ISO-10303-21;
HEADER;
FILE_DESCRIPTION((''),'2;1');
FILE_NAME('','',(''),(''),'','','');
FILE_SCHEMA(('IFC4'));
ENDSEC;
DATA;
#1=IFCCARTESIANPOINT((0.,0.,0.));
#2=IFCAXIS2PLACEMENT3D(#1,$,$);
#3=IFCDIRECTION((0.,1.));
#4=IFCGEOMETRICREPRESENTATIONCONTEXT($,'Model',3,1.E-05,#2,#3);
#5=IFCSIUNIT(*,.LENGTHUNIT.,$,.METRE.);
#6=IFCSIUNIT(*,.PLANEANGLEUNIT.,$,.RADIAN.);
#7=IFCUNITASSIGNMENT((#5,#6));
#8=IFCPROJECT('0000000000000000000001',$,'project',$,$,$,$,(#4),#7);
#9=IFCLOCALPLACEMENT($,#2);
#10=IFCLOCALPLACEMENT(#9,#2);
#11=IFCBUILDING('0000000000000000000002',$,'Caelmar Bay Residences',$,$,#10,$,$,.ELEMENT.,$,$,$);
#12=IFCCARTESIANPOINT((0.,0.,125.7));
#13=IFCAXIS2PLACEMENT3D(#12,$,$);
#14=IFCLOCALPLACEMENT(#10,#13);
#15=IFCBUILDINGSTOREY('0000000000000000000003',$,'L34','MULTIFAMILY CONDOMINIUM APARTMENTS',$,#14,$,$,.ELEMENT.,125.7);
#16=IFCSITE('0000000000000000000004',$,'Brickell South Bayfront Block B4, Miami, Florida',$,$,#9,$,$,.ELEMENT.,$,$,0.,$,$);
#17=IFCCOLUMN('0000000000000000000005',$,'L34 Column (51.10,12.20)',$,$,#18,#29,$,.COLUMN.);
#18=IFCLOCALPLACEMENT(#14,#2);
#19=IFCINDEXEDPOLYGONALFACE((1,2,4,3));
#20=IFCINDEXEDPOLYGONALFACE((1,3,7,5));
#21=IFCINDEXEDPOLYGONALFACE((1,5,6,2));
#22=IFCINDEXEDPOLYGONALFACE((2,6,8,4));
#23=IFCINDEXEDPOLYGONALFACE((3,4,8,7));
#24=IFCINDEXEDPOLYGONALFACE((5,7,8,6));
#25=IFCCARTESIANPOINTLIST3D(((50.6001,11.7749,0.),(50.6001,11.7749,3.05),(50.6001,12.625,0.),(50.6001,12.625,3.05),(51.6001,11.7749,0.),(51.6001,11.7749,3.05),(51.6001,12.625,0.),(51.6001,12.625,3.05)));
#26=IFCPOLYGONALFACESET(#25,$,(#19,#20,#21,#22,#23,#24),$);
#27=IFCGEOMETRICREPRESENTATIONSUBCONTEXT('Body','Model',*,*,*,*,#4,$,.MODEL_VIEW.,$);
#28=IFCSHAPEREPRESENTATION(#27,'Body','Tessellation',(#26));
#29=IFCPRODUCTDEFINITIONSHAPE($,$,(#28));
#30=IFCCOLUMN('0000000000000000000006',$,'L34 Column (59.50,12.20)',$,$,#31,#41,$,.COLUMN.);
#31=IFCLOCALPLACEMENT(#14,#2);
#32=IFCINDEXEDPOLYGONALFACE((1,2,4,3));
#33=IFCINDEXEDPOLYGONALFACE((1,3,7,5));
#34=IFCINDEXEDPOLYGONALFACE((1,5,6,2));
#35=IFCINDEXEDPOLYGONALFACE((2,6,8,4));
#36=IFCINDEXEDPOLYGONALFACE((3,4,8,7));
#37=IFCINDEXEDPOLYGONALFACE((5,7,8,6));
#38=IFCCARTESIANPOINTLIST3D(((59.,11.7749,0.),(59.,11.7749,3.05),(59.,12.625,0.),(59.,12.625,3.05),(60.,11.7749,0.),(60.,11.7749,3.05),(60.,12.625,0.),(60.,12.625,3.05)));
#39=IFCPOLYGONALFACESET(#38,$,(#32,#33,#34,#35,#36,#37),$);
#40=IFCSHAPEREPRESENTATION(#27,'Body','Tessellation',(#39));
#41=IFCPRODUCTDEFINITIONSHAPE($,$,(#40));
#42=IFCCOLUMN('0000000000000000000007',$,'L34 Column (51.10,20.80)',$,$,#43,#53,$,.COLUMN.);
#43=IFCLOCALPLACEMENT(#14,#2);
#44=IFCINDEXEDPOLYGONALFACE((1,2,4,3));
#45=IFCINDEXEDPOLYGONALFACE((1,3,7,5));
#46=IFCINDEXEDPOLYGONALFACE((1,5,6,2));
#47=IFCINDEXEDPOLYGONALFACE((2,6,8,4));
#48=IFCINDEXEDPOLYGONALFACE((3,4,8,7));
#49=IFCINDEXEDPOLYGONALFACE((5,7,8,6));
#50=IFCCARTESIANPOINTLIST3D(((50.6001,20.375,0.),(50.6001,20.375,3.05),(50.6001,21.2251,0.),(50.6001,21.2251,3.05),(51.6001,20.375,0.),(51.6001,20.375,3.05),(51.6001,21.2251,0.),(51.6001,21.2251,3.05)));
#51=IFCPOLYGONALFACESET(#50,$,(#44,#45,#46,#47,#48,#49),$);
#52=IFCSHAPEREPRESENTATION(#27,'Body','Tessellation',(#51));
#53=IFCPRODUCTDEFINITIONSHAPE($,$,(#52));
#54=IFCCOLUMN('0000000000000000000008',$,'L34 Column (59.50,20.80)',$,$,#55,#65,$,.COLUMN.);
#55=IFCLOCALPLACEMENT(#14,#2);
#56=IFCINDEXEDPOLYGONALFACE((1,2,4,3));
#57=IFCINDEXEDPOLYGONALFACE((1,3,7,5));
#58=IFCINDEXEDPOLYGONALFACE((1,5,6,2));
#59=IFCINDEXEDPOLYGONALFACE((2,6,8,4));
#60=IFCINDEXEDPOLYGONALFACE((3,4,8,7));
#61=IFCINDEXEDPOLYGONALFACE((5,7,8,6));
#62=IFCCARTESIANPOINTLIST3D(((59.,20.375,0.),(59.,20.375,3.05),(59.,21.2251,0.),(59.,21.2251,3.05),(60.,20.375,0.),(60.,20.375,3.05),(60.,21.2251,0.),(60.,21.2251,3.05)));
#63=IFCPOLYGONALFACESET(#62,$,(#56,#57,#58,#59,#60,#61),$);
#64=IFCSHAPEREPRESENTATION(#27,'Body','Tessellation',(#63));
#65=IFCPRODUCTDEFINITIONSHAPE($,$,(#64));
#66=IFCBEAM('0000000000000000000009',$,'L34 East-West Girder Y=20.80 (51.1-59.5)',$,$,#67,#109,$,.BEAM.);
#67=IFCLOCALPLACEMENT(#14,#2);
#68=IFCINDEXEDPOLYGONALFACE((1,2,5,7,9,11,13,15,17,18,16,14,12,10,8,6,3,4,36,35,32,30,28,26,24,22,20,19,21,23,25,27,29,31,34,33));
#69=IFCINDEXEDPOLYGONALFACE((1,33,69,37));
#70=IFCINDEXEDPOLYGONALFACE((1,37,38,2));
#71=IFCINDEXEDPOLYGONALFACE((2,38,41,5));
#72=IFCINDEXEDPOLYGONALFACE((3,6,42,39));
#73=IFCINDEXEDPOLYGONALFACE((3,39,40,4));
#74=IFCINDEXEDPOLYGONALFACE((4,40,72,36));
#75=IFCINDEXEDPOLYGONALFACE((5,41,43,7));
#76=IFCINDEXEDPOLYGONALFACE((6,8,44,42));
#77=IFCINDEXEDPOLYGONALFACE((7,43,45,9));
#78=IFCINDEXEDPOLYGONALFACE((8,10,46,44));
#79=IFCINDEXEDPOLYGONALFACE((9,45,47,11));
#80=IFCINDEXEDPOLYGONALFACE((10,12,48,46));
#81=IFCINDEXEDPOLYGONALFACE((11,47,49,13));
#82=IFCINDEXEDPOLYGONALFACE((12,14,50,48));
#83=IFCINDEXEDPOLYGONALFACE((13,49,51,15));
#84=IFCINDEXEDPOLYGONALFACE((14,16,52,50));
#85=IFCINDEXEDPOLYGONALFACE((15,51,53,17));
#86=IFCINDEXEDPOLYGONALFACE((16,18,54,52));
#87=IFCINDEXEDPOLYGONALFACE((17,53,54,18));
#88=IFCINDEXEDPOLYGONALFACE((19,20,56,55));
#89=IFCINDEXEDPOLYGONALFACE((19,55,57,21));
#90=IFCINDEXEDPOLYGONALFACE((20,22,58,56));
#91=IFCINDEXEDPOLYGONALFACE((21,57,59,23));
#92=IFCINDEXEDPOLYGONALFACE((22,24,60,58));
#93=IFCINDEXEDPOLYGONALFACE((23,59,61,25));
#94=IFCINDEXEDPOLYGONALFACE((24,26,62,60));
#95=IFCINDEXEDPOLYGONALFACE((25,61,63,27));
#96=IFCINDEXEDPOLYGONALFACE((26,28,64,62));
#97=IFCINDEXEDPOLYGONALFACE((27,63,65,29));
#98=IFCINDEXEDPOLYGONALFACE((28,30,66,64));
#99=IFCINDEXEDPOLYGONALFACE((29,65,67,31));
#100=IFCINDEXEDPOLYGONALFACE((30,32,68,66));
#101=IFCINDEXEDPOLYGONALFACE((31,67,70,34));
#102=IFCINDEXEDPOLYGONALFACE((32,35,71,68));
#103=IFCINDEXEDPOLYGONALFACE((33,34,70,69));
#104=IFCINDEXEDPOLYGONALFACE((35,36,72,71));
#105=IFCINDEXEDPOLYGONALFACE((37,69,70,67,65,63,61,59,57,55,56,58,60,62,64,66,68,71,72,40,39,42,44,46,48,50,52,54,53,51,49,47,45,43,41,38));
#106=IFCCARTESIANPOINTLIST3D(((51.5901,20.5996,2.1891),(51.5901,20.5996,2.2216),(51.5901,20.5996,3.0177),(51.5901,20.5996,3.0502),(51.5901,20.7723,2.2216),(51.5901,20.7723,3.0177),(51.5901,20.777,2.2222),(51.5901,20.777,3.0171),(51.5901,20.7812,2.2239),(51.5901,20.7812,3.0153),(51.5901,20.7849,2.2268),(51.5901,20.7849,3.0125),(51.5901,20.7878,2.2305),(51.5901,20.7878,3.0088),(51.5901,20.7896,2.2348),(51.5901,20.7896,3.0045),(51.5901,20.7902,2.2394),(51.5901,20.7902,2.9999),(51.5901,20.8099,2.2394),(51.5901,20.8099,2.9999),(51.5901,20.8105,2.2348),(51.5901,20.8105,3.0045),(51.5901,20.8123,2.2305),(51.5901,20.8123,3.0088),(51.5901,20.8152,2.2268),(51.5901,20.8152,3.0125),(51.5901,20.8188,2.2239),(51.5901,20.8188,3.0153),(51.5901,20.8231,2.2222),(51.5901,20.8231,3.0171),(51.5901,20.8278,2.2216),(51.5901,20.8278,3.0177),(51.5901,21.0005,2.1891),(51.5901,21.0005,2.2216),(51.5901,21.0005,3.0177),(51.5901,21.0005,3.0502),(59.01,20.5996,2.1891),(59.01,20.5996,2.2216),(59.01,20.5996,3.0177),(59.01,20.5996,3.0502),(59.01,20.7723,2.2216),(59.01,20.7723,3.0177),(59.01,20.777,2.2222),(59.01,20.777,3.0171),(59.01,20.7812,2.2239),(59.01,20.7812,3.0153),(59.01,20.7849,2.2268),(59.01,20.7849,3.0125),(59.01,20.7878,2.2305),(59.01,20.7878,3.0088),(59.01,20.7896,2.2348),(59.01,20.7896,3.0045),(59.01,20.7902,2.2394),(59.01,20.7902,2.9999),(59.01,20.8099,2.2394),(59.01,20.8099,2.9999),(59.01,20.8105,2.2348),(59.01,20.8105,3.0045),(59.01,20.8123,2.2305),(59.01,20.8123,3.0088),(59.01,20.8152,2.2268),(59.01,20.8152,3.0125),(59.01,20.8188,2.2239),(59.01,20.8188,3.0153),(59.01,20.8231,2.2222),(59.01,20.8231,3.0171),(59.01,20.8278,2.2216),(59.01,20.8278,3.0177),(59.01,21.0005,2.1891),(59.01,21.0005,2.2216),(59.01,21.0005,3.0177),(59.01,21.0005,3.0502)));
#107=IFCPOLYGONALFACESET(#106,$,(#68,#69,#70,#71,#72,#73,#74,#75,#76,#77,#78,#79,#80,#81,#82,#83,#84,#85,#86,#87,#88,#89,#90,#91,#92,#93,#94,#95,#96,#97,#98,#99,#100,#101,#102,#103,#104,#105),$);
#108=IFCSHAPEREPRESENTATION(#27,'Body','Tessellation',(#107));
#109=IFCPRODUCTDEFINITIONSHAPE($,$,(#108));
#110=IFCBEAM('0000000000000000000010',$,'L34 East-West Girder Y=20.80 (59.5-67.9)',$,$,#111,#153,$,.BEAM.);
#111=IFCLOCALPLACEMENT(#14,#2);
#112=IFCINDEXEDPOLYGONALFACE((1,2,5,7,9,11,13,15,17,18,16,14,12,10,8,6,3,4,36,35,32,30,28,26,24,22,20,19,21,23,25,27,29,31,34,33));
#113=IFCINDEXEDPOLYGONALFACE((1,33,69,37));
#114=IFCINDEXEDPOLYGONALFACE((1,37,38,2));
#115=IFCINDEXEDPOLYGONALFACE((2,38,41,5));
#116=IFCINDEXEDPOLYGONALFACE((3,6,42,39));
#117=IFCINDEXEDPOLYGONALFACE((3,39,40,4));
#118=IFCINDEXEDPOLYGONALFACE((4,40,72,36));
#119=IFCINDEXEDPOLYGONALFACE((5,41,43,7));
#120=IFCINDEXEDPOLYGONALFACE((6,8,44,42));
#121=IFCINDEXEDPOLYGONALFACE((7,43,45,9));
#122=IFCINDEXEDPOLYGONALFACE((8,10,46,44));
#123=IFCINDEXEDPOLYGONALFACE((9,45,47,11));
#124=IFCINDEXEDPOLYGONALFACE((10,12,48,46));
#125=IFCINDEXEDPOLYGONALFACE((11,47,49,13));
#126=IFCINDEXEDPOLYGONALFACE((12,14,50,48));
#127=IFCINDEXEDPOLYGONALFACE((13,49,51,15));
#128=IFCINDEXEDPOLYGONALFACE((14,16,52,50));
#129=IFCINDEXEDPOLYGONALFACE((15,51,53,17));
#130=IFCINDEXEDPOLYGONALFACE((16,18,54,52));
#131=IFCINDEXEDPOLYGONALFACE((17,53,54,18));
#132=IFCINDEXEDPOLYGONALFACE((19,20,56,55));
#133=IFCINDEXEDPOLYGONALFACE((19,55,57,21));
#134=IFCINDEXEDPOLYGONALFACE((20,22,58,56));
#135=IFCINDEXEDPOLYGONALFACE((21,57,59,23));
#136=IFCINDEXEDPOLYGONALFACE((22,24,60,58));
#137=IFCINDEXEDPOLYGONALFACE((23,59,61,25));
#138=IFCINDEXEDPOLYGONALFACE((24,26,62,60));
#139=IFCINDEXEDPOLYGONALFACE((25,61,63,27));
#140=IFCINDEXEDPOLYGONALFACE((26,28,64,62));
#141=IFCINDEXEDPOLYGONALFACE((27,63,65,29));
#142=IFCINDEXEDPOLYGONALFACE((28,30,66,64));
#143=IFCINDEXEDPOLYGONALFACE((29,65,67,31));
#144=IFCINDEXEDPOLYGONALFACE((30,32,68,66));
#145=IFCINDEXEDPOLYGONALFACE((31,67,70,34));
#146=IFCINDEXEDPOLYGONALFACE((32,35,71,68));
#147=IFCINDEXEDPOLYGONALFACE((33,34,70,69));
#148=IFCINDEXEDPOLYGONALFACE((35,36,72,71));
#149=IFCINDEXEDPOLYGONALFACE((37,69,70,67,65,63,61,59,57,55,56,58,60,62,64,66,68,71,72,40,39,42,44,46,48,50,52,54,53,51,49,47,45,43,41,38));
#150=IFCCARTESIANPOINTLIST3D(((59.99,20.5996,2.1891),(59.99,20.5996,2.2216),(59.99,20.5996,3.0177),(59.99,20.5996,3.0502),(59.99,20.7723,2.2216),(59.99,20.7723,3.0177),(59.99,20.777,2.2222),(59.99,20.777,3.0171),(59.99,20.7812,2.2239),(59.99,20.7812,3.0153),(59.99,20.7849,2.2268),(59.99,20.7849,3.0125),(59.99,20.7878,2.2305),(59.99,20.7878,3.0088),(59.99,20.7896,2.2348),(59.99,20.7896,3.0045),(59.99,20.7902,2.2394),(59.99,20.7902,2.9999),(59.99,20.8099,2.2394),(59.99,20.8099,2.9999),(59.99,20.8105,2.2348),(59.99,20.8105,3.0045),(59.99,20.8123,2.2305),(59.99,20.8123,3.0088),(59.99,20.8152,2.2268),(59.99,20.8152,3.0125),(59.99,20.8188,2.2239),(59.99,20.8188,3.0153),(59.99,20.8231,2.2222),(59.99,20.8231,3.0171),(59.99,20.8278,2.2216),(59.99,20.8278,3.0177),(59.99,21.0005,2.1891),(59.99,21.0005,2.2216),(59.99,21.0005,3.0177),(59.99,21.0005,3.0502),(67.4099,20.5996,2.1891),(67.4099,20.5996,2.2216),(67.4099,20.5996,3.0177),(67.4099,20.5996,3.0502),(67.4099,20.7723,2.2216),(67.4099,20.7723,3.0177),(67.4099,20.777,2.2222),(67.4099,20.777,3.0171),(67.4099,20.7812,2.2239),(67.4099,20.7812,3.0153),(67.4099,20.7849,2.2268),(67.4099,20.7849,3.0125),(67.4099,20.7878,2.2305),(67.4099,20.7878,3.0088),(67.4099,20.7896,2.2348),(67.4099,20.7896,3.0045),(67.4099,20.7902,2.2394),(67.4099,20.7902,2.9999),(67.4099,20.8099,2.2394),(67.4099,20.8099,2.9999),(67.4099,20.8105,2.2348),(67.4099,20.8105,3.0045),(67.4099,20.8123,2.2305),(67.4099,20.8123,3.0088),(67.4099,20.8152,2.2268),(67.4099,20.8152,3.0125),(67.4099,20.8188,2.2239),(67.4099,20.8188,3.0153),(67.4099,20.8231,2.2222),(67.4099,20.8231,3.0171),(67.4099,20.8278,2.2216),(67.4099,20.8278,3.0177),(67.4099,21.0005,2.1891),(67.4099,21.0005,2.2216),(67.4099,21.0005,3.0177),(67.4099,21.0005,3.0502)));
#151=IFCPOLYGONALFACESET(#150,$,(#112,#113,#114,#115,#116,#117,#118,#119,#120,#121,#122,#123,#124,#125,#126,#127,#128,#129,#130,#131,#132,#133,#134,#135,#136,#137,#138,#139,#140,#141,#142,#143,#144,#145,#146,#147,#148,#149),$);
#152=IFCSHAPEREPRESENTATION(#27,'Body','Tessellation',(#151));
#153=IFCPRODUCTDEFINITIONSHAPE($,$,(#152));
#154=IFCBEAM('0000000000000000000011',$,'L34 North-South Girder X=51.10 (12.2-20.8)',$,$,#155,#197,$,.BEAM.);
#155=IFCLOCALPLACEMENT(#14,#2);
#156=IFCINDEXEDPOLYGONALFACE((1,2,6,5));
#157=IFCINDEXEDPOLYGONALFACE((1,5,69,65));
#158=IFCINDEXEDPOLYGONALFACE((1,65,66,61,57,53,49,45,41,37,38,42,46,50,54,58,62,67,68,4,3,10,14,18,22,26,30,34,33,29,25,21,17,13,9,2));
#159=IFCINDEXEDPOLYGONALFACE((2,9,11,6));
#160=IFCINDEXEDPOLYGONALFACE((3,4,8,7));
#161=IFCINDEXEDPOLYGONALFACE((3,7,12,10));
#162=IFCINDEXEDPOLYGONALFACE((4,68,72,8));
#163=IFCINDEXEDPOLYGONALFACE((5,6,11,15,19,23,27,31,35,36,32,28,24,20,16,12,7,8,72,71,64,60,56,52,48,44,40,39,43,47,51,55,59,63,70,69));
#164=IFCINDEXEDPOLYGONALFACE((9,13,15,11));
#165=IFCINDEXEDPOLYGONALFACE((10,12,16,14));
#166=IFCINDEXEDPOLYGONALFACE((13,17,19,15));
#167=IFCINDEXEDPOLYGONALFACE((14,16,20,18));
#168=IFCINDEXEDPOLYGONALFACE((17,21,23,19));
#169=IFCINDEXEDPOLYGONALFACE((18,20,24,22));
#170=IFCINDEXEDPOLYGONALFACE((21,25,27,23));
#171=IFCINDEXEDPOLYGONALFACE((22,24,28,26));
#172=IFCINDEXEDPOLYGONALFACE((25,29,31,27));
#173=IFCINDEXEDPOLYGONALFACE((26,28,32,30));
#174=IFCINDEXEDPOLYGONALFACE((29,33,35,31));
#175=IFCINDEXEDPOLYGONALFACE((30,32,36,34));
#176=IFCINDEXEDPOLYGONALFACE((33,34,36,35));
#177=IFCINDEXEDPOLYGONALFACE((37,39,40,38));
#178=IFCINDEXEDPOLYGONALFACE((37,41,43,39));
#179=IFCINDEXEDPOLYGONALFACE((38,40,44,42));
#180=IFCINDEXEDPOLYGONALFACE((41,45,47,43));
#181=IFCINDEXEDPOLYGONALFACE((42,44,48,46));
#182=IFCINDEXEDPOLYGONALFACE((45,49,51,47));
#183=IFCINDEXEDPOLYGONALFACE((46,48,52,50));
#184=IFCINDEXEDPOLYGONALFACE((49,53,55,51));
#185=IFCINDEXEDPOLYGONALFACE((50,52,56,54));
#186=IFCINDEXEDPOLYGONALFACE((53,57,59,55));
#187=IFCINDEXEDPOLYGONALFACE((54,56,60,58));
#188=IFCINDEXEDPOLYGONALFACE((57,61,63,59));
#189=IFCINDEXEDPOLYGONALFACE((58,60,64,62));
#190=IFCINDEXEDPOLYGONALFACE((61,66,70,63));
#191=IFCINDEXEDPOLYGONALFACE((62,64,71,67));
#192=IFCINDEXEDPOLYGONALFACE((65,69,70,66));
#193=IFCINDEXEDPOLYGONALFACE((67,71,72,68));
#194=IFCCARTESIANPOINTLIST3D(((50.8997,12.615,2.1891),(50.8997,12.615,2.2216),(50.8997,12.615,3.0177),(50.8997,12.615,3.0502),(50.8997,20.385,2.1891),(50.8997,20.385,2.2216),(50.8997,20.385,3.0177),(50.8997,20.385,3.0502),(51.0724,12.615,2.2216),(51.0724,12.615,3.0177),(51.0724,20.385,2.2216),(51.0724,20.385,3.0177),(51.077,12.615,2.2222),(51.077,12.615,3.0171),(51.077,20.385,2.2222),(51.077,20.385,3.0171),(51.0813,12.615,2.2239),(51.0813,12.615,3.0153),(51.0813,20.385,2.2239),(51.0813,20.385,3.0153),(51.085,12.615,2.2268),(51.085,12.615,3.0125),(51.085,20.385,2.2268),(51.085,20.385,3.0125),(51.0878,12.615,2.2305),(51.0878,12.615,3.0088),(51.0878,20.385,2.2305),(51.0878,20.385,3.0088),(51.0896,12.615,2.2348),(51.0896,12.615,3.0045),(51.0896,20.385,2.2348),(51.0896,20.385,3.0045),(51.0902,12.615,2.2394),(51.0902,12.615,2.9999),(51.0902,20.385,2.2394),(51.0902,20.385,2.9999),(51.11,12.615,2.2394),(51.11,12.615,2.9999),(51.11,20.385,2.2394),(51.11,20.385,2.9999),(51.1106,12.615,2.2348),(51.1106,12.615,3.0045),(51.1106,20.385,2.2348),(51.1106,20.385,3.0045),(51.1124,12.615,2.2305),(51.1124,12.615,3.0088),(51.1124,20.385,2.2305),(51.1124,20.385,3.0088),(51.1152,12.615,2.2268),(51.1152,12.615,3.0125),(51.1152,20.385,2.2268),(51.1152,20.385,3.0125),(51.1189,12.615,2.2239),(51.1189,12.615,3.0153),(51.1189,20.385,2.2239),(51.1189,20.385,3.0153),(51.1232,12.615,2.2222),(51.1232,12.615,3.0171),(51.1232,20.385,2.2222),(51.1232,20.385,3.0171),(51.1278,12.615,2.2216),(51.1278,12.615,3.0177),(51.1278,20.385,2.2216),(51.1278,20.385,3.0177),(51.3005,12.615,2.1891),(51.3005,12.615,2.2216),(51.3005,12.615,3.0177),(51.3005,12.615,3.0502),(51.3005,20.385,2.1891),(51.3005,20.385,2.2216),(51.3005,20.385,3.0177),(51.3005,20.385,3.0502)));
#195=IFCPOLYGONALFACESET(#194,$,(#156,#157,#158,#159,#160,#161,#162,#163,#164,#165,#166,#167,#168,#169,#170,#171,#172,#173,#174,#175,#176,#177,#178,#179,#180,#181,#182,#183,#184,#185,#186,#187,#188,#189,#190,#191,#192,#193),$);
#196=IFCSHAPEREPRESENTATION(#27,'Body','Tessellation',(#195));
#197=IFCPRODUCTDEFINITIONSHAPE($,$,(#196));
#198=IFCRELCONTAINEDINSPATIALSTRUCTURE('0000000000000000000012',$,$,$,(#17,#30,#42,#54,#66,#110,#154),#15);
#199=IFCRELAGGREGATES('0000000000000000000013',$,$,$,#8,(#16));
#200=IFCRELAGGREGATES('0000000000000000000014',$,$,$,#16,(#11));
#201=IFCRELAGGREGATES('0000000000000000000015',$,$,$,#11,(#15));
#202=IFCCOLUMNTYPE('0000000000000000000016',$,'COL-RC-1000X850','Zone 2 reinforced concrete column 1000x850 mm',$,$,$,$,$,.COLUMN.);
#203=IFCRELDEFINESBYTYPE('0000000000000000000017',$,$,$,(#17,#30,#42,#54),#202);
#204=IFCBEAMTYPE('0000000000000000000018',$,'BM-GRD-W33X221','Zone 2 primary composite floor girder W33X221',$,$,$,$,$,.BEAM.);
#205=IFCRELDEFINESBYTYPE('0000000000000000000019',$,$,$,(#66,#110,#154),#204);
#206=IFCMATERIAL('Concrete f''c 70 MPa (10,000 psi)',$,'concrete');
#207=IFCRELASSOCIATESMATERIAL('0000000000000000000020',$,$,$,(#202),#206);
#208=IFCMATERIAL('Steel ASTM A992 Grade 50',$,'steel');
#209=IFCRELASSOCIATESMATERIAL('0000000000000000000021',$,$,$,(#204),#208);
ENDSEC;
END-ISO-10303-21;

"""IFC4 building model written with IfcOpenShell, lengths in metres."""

from ifc_helpers import new_model, si_unit, direction, frame, origin, origin_2d, place, context, subcontext, project, spatial, rectangle, i_section, extrude, material, material_profile, profile_set, type_object, element, save


model = new_model("IFC4")

# Units and contexts
model_context = context("Model", 3, precision=1e-05, world=origin(), true_north=direction((0.0, 1.0)))
body_context = subcontext(model_context, "Body", "Model", "MODEL_VIEW")
ifc_project = project(units=[si_unit("LENGTHUNIT", "METRE"), si_unit("PLANEANGLEUNIT", "RADIAN")], contexts=[model_context])

# Site, building, storey
site_placement = place(None, origin())
site = spatial("IfcSite", under=ifc_project, at=site_placement, Name="Brickell South Bayfront Block B4, Miami, Florida", CompositionType="ELEMENT", RefElevation=0.0)
building_placement = place(site_placement, origin())
building = spatial("IfcBuilding", under=site, at=building_placement, Name="Caelmar Bay Residences", CompositionType="ELEMENT")
storey_placement = place(building_placement, frame((0.0, 0.0, 125.7)))
storey = spatial("IfcBuildingStorey", under=building, at=storey_placement, Name="L34", Description="MULTIFAMILY CONDOMINIUM APARTMENTS", CompositionType="ELEMENT", Elevation=125.7)

# Columns
ifc_material_1 = material(Name="Concrete f'c 70 MPa (10,000 psi)", Category="concrete")
ifc_material_profile_1 = material_profile(ifc_material_1, rectangle(XDim=1.0, YDim=0.8501, at=origin_2d()), Name="RC-COL-1000X850")
ifc_profile_set_1 = profile_set([ifc_material_profile_1], Name="Concrete f'c 70 MPa (10,000 psi)")
column_type = type_object("IfcColumnType", Name="COL-RC-1000X850", Description="Zone 2 reinforced concrete column 1000x850 mm", PredefinedType="COLUMN", material=ifc_profile_set_1)
for number, where, z_axis, x_axis, name in (
    (1, (51.1001, 12.2, 0.0), (0.0, 0.0, 1.0), (1.0, 0.0, 0.0), "L34 Column (51.10,12.20)"),
    (2, (59.5, 12.2, 0.0), (0.0, 0.0, 1.0), (1.0, 0.0, 0.0), "L34 Column (59.50,12.20)"),
    (3, (51.1001, 20.8, 0.0), (0.0, 0.0, 1.0), (1.0, 0.0, 0.0), "L34 Column (51.10,20.80)"),
    (4, (59.5, 20.8, 0.0), (0.0, 0.0, 1.0), (1.0, 0.0, 0.0), "L34 Column (59.50,20.80)"),
):
    element("IfcColumn", number, at=place(storey_placement, frame(where, z_axis=z_axis, x_axis=x_axis)), inside=storey, type_object=column_type, Name=name, PredefinedType="COLUMN", context=body_context, shape_type="SweptSolid", body=[
        extrude(rectangle(XDim=1.0, YDim=0.8501, at=origin_2d()), origin(), (0.0, 0.0, 1.0), 3.05),
    ])

# Beams
ifc_material_2 = material(Name="Steel ASTM A992 Grade 50", Category="steel")
ifc_material_profile_2 = material_profile(ifc_material_2, i_section(OverallWidth=0.4009, OverallDepth=0.8611, WebThickness=0.0198, FlangeThickness=0.0325, FilletRadius=0.0178, at=origin_2d()), Name="W33X221")
ifc_profile_set_2 = profile_set([ifc_material_profile_2], Name="Steel ASTM A992 Grade 50")
beam_type_1 = type_object("IfcBeamType", Name="BM-GRD-W33X221", Description="Zone 2 primary composite floor girder W33X221", PredefinedType="BEAM", material=ifc_profile_set_2)
for number, where, z_axis, x_axis, name in (
    (5, (51.5901, 20.8, 2.6196), (1.0, 0.0, 0.0), (0.0, 1.0, 0.0), "L34 East-West Girder Y=20.80 (51.1-59.5)"),
    (6, (59.99, 20.8, 2.6196), (1.0, 0.0, 0.0), (0.0, 1.0, 0.0), "L34 East-West Girder Y=20.80 (59.5-67.9)"),
):
    element("IfcBeam", number, at=place(storey_placement, frame(where, z_axis=z_axis, x_axis=x_axis)), inside=storey, type_object=beam_type_1, Name=name, PredefinedType="BEAM", context=body_context, shape_type="SweptSolid", body=[
        extrude(i_section(OverallWidth=0.4009, OverallDepth=0.8611, WebThickness=0.0198, FlangeThickness=0.0325, FilletRadius=0.0178, at=origin_2d()), origin(), (0.0, 0.0, 1.0), 7.4199),
    ])
for number, where, z_axis, x_axis, name in (
    (7, (51.1001, 12.615, 2.6196), (0.0, 1.0, 0.0), (-1.0, 0.0, 0.0), "L34 North-South Girder X=51.10 (12.2-20.8)"),
):
    element("IfcBeam", number, at=place(storey_placement, frame(where, z_axis=z_axis, x_axis=x_axis)), inside=storey, type_object=beam_type_1, Name=name, PredefinedType="BEAM", context=body_context, shape_type="SweptSolid", body=[
        extrude(i_section(OverallWidth=0.4009, OverallDepth=0.8611, WebThickness=0.0198, FlangeThickness=0.0325, FilletRadius=0.0178, at=origin_2d()), origin(), (0.0, 0.0, 1.0), 7.77),
    ])

save(model, "model.ifc")
